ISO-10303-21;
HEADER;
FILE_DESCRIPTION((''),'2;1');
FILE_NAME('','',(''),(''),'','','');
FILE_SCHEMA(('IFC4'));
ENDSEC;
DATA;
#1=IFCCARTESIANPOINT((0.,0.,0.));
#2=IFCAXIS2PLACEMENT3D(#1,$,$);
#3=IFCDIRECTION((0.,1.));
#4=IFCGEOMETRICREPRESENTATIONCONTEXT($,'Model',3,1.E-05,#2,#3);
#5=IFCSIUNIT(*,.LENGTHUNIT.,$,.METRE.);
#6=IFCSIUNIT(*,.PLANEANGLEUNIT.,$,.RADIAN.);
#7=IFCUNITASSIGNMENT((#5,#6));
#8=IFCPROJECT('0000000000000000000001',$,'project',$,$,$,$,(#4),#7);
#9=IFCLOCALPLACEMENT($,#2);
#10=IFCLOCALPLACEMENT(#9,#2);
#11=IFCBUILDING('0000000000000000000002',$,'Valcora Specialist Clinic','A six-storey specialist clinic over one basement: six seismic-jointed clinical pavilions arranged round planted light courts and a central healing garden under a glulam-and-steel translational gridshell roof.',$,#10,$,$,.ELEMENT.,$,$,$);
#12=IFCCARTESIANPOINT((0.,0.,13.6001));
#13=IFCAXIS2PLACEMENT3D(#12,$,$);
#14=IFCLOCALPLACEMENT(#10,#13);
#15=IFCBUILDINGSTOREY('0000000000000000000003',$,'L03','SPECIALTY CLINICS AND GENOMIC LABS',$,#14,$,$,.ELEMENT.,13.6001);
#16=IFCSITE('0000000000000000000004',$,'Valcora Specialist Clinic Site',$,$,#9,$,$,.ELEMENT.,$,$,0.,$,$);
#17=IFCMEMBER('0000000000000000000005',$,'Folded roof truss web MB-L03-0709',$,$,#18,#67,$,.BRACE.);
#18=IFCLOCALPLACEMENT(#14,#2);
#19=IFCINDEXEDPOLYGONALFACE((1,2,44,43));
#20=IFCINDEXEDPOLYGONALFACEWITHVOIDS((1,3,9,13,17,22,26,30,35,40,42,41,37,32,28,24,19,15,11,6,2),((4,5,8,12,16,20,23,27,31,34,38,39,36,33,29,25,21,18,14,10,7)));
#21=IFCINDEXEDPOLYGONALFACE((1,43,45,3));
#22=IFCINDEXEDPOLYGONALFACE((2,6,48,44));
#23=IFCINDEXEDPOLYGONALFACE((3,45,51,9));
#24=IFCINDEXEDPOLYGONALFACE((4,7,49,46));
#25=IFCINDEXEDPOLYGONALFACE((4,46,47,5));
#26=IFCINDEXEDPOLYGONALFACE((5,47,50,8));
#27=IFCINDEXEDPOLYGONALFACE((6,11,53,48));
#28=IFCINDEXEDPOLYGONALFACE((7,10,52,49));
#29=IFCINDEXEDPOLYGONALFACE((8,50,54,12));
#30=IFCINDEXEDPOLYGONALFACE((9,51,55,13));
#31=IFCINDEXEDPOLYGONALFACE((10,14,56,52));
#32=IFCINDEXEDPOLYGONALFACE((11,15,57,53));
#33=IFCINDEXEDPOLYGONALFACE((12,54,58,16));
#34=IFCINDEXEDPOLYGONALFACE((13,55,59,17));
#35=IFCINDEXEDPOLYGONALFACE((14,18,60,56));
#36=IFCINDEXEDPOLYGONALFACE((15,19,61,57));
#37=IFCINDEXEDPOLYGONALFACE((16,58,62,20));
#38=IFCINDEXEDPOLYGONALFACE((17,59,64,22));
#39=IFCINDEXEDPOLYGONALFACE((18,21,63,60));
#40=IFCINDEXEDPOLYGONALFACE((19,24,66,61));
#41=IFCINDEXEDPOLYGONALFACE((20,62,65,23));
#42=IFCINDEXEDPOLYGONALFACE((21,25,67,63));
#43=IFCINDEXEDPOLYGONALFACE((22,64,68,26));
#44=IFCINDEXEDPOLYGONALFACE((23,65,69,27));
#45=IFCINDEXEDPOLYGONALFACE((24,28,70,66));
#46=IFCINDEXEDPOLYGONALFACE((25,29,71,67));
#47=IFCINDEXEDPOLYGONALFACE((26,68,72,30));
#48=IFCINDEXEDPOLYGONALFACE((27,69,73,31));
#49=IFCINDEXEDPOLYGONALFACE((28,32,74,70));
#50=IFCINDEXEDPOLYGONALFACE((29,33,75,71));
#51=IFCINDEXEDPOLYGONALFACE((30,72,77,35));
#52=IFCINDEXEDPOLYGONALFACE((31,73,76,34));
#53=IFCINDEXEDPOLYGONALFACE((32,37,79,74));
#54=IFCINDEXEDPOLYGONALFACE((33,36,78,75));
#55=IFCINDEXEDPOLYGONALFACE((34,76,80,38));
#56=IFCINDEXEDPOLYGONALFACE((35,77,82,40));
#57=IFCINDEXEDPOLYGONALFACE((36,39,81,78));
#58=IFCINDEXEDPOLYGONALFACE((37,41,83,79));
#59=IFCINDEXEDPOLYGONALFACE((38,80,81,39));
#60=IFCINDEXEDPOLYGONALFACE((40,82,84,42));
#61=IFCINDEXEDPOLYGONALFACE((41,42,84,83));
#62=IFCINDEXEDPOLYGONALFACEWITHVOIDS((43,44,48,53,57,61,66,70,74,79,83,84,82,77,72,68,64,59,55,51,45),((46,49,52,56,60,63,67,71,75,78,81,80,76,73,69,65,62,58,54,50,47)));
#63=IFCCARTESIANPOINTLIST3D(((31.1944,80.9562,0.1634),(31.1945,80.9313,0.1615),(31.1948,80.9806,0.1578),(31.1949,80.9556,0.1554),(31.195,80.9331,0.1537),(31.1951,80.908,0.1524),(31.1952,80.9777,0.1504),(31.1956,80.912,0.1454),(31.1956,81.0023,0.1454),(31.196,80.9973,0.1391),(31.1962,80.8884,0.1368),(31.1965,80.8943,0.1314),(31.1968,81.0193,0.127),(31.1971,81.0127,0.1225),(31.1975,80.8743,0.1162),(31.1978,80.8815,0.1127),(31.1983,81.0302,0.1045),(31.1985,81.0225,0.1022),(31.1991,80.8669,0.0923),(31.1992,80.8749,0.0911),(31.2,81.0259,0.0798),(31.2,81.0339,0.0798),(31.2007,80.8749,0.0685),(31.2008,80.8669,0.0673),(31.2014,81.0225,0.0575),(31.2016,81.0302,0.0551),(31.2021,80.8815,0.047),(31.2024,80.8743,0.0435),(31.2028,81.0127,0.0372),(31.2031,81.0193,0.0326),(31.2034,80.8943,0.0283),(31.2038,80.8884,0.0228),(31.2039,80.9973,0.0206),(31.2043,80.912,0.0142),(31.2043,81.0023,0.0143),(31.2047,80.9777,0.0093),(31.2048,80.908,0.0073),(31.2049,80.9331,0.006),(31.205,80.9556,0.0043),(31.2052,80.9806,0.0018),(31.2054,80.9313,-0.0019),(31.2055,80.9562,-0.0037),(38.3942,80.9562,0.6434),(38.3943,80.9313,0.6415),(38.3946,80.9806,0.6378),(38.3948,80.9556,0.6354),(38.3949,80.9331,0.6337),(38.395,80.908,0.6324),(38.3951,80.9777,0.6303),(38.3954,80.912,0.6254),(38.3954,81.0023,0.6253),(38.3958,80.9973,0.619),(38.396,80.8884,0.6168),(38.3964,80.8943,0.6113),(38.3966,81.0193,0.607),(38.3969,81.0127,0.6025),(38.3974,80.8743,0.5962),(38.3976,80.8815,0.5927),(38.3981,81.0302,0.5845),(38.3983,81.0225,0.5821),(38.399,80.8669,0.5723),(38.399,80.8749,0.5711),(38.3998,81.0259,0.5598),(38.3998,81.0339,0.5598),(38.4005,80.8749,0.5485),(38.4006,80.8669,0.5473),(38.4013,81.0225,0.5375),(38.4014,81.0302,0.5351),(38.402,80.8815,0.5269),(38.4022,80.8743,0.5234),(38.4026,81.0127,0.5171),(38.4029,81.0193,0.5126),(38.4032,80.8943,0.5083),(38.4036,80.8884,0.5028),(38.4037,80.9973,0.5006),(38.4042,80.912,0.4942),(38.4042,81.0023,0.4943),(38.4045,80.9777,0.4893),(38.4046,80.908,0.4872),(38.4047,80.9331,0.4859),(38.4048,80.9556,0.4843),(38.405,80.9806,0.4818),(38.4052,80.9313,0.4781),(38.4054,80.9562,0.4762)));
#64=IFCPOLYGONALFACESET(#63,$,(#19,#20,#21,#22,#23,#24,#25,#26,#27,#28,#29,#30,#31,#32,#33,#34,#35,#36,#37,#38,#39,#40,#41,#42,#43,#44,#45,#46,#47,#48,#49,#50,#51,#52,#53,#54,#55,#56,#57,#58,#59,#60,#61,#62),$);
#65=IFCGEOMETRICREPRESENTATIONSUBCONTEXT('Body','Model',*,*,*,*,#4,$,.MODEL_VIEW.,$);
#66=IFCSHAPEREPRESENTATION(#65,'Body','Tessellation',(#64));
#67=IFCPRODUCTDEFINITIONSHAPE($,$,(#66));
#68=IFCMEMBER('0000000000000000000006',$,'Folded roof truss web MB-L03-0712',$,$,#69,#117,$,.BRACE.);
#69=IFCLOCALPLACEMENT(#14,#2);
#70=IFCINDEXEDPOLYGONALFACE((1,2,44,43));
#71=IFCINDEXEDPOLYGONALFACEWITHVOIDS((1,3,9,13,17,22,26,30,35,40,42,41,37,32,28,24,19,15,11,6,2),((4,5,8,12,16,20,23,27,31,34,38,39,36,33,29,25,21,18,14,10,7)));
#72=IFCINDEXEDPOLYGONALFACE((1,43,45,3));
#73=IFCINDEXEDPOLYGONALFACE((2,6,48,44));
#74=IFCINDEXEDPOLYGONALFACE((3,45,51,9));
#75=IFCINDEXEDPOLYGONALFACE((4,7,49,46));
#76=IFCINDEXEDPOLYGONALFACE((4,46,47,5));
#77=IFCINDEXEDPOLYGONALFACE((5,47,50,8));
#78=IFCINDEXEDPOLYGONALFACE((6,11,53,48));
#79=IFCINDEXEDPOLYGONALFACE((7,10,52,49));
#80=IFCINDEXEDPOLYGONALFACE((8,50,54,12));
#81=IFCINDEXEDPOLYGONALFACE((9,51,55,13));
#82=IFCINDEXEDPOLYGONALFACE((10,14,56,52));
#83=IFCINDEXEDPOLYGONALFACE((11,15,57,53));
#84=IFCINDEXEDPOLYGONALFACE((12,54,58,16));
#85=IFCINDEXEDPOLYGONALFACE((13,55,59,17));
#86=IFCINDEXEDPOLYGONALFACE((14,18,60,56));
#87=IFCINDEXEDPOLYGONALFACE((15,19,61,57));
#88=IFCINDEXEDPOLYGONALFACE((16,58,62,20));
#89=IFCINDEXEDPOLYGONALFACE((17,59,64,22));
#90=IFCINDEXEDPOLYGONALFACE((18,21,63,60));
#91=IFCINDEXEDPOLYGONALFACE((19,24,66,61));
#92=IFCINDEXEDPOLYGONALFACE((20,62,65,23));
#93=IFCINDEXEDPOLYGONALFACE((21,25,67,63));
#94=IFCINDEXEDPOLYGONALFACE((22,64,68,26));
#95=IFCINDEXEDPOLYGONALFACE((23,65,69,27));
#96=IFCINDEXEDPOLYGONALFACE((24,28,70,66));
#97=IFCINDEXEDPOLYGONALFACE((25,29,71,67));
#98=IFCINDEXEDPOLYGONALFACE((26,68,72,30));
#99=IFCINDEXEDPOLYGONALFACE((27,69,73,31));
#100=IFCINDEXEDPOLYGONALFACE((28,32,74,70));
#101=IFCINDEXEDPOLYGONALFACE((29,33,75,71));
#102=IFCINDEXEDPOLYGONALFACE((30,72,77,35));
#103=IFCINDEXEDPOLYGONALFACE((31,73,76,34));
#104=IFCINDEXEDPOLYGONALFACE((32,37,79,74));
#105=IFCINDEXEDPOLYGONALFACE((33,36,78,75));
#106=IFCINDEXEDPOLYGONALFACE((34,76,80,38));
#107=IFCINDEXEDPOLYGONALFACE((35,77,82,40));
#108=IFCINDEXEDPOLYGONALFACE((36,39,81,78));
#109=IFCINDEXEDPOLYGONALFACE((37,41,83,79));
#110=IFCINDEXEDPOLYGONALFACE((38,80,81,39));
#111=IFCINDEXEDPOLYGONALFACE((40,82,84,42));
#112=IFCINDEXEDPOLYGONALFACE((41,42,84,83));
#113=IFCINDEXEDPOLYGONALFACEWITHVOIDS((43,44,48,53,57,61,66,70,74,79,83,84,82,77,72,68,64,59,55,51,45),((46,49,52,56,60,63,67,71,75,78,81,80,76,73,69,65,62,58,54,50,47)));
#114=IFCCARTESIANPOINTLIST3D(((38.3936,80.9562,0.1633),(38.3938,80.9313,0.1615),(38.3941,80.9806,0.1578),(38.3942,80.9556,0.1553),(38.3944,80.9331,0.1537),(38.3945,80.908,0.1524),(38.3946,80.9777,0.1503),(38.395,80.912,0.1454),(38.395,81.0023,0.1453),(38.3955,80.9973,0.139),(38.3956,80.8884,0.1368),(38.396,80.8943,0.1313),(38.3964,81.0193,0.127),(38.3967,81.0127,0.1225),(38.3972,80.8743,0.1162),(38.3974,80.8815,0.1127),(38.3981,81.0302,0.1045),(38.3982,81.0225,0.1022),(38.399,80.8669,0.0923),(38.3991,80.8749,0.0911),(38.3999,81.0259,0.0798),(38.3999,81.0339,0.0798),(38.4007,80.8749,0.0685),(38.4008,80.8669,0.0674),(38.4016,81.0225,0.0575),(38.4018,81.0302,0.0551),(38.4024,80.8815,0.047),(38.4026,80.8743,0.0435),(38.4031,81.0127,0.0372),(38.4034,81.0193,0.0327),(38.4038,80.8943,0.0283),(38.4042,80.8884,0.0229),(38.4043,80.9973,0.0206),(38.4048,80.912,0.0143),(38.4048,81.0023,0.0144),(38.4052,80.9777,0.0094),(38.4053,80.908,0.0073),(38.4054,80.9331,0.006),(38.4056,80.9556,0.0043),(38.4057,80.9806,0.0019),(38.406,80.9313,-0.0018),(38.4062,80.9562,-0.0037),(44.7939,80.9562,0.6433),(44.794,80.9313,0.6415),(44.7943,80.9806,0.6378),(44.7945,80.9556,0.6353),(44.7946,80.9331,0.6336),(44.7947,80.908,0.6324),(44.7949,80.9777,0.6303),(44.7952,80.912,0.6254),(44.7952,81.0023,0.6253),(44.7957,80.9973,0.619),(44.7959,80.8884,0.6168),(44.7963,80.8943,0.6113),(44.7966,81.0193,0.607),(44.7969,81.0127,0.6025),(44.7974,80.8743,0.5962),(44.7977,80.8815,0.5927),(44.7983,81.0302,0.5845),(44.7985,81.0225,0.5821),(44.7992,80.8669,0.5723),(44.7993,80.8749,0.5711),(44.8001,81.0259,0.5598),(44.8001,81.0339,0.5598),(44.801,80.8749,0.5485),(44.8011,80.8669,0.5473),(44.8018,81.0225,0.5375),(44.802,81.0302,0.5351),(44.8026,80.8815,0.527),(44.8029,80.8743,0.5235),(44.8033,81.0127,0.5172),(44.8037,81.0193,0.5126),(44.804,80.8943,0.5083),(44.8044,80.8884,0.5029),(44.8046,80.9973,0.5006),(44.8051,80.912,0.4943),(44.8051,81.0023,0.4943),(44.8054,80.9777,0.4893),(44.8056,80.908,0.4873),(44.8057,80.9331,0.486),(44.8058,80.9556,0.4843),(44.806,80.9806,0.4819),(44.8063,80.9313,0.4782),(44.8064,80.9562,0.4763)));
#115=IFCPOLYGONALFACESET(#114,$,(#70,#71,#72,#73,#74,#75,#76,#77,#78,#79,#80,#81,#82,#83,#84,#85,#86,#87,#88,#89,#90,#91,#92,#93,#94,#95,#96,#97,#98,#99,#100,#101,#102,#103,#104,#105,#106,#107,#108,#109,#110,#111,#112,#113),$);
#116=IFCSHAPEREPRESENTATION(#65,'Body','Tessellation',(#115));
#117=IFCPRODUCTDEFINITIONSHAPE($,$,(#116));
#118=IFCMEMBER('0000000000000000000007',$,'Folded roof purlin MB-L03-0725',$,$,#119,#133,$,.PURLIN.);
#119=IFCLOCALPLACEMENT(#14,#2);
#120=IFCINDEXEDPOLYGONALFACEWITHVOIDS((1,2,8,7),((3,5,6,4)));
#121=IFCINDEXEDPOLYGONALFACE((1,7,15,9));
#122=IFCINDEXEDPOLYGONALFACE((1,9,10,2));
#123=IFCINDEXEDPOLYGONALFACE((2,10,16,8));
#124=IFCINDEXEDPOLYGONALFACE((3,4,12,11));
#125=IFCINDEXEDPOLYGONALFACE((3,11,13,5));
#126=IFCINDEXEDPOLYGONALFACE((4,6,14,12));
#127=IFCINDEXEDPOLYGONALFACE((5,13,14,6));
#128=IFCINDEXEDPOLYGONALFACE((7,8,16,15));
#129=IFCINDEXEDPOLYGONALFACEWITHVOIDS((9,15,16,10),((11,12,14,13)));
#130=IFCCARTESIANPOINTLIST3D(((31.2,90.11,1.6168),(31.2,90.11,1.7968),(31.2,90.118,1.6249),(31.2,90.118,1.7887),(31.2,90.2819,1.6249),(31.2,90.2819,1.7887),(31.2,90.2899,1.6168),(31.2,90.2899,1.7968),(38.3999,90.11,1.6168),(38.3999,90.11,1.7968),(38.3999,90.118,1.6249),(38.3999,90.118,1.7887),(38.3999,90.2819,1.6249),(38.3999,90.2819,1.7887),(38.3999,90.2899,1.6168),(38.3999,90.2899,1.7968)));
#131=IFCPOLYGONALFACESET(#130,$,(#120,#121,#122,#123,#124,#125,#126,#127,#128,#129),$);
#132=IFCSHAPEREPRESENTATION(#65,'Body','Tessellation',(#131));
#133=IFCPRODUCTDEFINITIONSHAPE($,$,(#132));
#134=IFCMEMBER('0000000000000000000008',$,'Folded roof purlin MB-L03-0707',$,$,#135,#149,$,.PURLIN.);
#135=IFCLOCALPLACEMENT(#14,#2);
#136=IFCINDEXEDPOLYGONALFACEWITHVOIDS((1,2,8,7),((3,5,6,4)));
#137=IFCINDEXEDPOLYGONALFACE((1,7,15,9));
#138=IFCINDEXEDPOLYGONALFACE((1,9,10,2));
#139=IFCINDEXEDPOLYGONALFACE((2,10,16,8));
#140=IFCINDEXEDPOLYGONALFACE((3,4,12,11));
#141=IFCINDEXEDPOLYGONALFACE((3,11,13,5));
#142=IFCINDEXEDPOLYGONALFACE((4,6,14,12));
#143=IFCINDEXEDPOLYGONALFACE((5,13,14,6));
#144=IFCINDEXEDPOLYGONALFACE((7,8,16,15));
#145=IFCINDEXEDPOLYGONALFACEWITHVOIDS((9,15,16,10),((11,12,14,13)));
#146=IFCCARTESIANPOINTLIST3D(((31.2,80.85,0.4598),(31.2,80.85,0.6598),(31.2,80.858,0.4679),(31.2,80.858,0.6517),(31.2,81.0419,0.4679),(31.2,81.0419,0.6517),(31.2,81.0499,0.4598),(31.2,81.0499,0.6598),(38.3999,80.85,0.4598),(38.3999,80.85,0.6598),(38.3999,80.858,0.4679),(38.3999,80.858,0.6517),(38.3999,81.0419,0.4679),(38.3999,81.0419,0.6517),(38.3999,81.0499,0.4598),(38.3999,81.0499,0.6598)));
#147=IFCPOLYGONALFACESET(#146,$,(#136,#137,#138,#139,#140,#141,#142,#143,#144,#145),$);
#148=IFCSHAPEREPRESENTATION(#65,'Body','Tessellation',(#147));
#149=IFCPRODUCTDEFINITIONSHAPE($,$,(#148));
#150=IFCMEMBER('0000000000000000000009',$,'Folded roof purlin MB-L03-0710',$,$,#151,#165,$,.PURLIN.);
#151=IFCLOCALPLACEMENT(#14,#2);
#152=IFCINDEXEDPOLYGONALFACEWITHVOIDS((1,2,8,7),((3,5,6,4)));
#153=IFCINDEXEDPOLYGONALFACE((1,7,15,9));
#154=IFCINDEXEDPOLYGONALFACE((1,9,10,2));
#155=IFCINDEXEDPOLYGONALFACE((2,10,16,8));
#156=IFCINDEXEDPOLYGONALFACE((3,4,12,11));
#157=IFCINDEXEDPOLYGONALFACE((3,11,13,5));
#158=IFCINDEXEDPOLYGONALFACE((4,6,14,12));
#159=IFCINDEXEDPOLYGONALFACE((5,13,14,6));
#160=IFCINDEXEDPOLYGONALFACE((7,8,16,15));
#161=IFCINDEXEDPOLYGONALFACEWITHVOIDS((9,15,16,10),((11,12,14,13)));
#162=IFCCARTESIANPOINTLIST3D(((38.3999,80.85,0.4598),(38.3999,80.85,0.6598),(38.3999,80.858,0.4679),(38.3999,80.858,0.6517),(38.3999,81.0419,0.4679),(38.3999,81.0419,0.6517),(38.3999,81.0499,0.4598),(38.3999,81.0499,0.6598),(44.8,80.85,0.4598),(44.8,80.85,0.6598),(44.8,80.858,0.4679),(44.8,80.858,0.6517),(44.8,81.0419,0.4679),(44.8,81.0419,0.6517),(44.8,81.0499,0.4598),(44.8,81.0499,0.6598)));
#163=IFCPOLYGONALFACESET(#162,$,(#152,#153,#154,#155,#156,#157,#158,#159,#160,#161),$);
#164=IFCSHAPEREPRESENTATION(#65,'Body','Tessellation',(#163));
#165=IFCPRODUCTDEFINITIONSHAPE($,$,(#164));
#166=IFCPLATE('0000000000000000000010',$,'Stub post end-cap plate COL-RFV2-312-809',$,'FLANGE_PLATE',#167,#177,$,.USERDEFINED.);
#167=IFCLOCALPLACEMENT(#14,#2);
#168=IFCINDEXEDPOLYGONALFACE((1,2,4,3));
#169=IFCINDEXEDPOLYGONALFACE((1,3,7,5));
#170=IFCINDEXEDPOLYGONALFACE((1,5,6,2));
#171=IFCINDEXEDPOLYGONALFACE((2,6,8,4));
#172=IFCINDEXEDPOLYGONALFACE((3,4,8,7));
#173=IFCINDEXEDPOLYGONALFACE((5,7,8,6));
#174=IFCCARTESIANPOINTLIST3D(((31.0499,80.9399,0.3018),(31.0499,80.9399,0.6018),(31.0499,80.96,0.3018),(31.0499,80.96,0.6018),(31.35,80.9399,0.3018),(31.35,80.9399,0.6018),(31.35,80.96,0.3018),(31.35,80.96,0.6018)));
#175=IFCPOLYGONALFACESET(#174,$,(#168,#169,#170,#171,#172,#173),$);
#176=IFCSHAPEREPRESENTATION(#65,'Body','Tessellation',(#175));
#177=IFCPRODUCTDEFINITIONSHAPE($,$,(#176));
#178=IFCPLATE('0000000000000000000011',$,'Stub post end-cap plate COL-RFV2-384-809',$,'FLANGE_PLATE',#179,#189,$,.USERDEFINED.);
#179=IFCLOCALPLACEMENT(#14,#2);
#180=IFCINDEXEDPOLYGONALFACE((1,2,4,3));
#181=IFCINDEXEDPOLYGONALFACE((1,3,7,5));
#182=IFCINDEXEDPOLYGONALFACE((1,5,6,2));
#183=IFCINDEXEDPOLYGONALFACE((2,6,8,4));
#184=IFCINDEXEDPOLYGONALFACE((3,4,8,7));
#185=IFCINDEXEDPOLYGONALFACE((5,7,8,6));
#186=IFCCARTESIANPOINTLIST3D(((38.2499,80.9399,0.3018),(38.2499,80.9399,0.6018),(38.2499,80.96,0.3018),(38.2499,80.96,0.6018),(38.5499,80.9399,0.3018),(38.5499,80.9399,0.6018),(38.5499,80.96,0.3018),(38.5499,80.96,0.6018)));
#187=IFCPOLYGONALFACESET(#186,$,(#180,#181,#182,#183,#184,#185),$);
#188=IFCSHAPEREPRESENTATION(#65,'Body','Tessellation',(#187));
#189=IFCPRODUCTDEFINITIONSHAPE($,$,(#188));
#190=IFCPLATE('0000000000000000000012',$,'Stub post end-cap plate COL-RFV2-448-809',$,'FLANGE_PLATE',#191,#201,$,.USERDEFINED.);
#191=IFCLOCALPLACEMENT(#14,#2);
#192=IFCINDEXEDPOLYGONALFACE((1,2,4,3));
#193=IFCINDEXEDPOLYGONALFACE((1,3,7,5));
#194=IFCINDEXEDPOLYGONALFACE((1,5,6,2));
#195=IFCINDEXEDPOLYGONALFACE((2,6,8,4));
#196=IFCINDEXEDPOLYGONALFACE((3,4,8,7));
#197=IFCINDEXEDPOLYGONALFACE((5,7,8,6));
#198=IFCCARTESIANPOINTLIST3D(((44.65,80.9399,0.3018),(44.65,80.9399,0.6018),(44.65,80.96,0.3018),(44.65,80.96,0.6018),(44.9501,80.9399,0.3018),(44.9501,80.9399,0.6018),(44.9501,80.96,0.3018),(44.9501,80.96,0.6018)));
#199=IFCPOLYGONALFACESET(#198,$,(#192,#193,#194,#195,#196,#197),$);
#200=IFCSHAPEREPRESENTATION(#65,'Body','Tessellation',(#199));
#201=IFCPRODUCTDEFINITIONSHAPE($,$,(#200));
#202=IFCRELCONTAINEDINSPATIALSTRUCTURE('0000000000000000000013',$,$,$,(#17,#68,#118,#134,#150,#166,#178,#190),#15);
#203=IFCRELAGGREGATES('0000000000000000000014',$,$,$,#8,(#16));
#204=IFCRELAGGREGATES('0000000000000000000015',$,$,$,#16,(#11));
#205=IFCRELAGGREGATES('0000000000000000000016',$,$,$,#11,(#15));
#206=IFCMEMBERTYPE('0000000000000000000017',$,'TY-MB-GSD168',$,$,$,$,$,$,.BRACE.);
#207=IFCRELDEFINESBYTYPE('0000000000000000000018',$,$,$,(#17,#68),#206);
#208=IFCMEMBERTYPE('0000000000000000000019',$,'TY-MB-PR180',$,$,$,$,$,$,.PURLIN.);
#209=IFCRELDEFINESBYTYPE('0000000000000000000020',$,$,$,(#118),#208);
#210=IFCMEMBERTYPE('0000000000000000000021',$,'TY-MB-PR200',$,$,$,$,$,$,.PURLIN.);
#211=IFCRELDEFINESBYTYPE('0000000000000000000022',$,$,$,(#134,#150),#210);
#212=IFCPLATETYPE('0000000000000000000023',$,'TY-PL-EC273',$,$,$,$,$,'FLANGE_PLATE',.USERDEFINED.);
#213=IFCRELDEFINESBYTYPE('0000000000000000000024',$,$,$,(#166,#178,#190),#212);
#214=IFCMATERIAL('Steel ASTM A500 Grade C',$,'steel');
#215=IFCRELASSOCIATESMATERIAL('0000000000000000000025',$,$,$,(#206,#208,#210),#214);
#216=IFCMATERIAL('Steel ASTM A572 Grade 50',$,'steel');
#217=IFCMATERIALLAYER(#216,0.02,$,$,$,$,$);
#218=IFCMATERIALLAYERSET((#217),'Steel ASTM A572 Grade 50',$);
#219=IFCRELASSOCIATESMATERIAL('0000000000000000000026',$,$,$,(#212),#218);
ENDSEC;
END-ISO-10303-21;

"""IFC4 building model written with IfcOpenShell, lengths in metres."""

from ifc_helpers import new_model, si_unit, direction, frame, origin, origin_2d, place, context, subcontext, project, spatial, rectangle, hollow_rectangle, hollow_circle, extrude, material, layer, layer_set, material_profile, profile_set, type_object, element, save


model = new_model("IFC4")

# Units and contexts
model_context = context("Model", 3, precision=1e-05, world=origin(), true_north=direction((0.0, 1.0)))
body_context = subcontext(model_context, "Body", "Model", "MODEL_VIEW")
ifc_project = project(units=[si_unit("LENGTHUNIT", "METRE"), si_unit("PLANEANGLEUNIT", "RADIAN")], contexts=[model_context])

# Site, building, storey
site_placement = place(None, origin())
site = spatial("IfcSite", under=ifc_project, at=site_placement, Name="Valcora Specialist Clinic Site", CompositionType="ELEMENT", RefElevation=0.0)
building_placement = place(site_placement, origin())
building = spatial("IfcBuilding", under=site, at=building_placement, Name="Valcora Specialist Clinic", Description="A six-storey specialist clinic over one basement: six seismic-jointed clinical pavilions arranged round planted light courts and a central healing garden under a glulam-and-steel translational gridshell roof.", CompositionType="ELEMENT")
storey_placement = place(building_placement, frame((0.0, 0.0, 13.6001)))
storey = spatial("IfcBuildingStorey", under=building, at=storey_placement, Name="L03", Description="SPECIALTY CLINICS AND GENOMIC LABS", CompositionType="ELEMENT", Elevation=13.6001)

# Shared definitions
ifc_material_1 = material(Name="Steel ASTM A500 Grade C", Category="steel")

# Members
ifc_material_profile_1 = material_profile(ifc_material_1, hollow_circle(Radius=0.084, WallThickness=0.0081, at=origin_2d()), Name="ST-CHS-168X8")
ifc_profile_set_1 = profile_set([ifc_material_profile_1], Name="Steel ASTM A500 Grade C")
member_type_1 = type_object("IfcMemberType", Name="TY-MB-GSD168", PredefinedType="BRACE", material=ifc_profile_set_1)
member_1_placement = place(storey_placement, frame((31.2, 80.95, 0.0798), z_axis=(0.997785, 0.0, 0.066517), x_axis=(0.0, 1.0, 0.0)))
element("IfcMember", 1, at=member_1_placement, inside=storey, type_object=member_type_1, Name="Folded roof truss web MB-L03-0709", PredefinedType="BRACE", context=body_context, shape_type="SweptSolid", body=[
    extrude(hollow_circle(Radius=0.084, WallThickness=0.0081, at=origin_2d()), origin(), (0.0, 0.0, 1.0), 7.2158),
])
member_2_placement = place(storey_placement, frame((38.3999, 80.95, 0.0798), z_axis=(0.9972, 0.0, 0.074785), x_axis=(0.0, 1.0, 0.0)))
element("IfcMember", 2, at=member_2_placement, inside=storey, type_object=member_type_1, Name="Folded roof truss web MB-L03-0712", PredefinedType="BRACE", context=body_context, shape_type="SweptSolid", body=[
    extrude(hollow_circle(Radius=0.084, WallThickness=0.0081, at=origin_2d()), origin(), (0.0, 0.0, 1.0), 6.4182),
])
ifc_material_profile_2 = material_profile(ifc_material_1, hollow_rectangle(XDim=0.1799, YDim=0.1799, WallThickness=0.0081, at=origin_2d()), Name="ST-RHS-180X180X8")
ifc_profile_set_2 = profile_set([ifc_material_profile_2], Name="Steel ASTM A500 Grade C")
member_type_2 = type_object("IfcMemberType", Name="TY-MB-PR180", PredefinedType="PURLIN", material=ifc_profile_set_2)
member_3_placement = place(storey_placement, frame((31.2, 90.2, 1.7068), z_axis=(1.0, 0.0, 0.0), x_axis=(0.0, 1.0, 0.0)))
element("IfcMember", 3, at=member_3_placement, inside=storey, type_object=member_type_2, Name="Folded roof purlin MB-L03-0725", PredefinedType="PURLIN", context=body_context, shape_type="SweptSolid", body=[
    extrude(hollow_rectangle(XDim=0.1799, YDim=0.1799, WallThickness=0.0081, at=origin_2d()), origin(), (0.0, 0.0, 1.0), 7.2),
])
ifc_material_profile_3 = material_profile(ifc_material_1, hollow_rectangle(XDim=0.2, YDim=0.2, WallThickness=0.0081, at=origin_2d()), Name="ST-RHS-200X200X8")
ifc_profile_set_3 = profile_set([ifc_material_profile_3], Name="Steel ASTM A500 Grade C")
member_type_3 = type_object("IfcMemberType", Name="TY-MB-PR200", PredefinedType="PURLIN", material=ifc_profile_set_3)
member_4_placement = place(storey_placement, frame((31.2, 80.95, 0.5598), z_axis=(1.0, 0.0, 0.0), x_axis=(0.0, 1.0, 0.0)))
element("IfcMember", 4, at=member_4_placement, inside=storey, type_object=member_type_3, Name="Folded roof purlin MB-L03-0707", PredefinedType="PURLIN", context=body_context, shape_type="SweptSolid", body=[
    extrude(hollow_rectangle(XDim=0.2, YDim=0.2, WallThickness=0.0081, at=origin_2d()), origin(), (0.0, 0.0, 1.0), 7.2),
])
member_5_placement = place(storey_placement, frame((38.3999, 80.95, 0.5598), z_axis=(1.0, 0.0, 0.0), x_axis=(0.0, 1.0, 0.0)))
element("IfcMember", 5, at=member_5_placement, inside=storey, type_object=member_type_3, Name="Folded roof purlin MB-L03-0710", PredefinedType="PURLIN", context=body_context, shape_type="SweptSolid", body=[
    extrude(hollow_rectangle(XDim=0.2, YDim=0.2, WallThickness=0.0081, at=origin_2d()), origin(), (0.0, 0.0, 1.0), 6.4001),
])

# Plates
ifc_material_2 = material(Name="Steel ASTM A572 Grade 50", Category="steel")
ifc_layer_1 = layer(ifc_material_2, 0.02)
ifc_layer_set_1 = layer_set([ifc_layer_1], Name="Steel ASTM A572 Grade 50")
plate_type = type_object("IfcPlateType", Name="TY-PL-EC273", ElementType="FLANGE_PLATE", PredefinedType="USERDEFINED", material=ifc_layer_set_1)
for number, where, z_axis, x_axis, name in (
    (6, (31.2, 80.95, 0.3018), (0.0, 0.0, 1.0), (1.0, 0.0, 0.0), "Stub post end-cap plate COL-RFV2-312-809"),
    (7, (38.3999, 80.95, 0.3018), (0.0, 0.0, 1.0), (1.0, 0.0, 0.0), "Stub post end-cap plate COL-RFV2-384-809"),
    (8, (44.8, 80.95, 0.3018), (0.0, 0.0, 1.0), (1.0, 0.0, 0.0), "Stub post end-cap plate COL-RFV2-448-809"),
):
    element("IfcPlate", number, at=place(storey_placement, frame(where, z_axis=z_axis, x_axis=x_axis)), inside=storey, type_object=plate_type, Name=name, ObjectType="FLANGE_PLATE", PredefinedType="USERDEFINED", context=body_context, shape_type="SweptSolid", body=[
        extrude(rectangle(XDim=0.3, YDim=0.02, at=origin_2d()), origin(), (0.0, 0.0, 1.0), 0.3),
    ])

save(model, "model.ifc")
